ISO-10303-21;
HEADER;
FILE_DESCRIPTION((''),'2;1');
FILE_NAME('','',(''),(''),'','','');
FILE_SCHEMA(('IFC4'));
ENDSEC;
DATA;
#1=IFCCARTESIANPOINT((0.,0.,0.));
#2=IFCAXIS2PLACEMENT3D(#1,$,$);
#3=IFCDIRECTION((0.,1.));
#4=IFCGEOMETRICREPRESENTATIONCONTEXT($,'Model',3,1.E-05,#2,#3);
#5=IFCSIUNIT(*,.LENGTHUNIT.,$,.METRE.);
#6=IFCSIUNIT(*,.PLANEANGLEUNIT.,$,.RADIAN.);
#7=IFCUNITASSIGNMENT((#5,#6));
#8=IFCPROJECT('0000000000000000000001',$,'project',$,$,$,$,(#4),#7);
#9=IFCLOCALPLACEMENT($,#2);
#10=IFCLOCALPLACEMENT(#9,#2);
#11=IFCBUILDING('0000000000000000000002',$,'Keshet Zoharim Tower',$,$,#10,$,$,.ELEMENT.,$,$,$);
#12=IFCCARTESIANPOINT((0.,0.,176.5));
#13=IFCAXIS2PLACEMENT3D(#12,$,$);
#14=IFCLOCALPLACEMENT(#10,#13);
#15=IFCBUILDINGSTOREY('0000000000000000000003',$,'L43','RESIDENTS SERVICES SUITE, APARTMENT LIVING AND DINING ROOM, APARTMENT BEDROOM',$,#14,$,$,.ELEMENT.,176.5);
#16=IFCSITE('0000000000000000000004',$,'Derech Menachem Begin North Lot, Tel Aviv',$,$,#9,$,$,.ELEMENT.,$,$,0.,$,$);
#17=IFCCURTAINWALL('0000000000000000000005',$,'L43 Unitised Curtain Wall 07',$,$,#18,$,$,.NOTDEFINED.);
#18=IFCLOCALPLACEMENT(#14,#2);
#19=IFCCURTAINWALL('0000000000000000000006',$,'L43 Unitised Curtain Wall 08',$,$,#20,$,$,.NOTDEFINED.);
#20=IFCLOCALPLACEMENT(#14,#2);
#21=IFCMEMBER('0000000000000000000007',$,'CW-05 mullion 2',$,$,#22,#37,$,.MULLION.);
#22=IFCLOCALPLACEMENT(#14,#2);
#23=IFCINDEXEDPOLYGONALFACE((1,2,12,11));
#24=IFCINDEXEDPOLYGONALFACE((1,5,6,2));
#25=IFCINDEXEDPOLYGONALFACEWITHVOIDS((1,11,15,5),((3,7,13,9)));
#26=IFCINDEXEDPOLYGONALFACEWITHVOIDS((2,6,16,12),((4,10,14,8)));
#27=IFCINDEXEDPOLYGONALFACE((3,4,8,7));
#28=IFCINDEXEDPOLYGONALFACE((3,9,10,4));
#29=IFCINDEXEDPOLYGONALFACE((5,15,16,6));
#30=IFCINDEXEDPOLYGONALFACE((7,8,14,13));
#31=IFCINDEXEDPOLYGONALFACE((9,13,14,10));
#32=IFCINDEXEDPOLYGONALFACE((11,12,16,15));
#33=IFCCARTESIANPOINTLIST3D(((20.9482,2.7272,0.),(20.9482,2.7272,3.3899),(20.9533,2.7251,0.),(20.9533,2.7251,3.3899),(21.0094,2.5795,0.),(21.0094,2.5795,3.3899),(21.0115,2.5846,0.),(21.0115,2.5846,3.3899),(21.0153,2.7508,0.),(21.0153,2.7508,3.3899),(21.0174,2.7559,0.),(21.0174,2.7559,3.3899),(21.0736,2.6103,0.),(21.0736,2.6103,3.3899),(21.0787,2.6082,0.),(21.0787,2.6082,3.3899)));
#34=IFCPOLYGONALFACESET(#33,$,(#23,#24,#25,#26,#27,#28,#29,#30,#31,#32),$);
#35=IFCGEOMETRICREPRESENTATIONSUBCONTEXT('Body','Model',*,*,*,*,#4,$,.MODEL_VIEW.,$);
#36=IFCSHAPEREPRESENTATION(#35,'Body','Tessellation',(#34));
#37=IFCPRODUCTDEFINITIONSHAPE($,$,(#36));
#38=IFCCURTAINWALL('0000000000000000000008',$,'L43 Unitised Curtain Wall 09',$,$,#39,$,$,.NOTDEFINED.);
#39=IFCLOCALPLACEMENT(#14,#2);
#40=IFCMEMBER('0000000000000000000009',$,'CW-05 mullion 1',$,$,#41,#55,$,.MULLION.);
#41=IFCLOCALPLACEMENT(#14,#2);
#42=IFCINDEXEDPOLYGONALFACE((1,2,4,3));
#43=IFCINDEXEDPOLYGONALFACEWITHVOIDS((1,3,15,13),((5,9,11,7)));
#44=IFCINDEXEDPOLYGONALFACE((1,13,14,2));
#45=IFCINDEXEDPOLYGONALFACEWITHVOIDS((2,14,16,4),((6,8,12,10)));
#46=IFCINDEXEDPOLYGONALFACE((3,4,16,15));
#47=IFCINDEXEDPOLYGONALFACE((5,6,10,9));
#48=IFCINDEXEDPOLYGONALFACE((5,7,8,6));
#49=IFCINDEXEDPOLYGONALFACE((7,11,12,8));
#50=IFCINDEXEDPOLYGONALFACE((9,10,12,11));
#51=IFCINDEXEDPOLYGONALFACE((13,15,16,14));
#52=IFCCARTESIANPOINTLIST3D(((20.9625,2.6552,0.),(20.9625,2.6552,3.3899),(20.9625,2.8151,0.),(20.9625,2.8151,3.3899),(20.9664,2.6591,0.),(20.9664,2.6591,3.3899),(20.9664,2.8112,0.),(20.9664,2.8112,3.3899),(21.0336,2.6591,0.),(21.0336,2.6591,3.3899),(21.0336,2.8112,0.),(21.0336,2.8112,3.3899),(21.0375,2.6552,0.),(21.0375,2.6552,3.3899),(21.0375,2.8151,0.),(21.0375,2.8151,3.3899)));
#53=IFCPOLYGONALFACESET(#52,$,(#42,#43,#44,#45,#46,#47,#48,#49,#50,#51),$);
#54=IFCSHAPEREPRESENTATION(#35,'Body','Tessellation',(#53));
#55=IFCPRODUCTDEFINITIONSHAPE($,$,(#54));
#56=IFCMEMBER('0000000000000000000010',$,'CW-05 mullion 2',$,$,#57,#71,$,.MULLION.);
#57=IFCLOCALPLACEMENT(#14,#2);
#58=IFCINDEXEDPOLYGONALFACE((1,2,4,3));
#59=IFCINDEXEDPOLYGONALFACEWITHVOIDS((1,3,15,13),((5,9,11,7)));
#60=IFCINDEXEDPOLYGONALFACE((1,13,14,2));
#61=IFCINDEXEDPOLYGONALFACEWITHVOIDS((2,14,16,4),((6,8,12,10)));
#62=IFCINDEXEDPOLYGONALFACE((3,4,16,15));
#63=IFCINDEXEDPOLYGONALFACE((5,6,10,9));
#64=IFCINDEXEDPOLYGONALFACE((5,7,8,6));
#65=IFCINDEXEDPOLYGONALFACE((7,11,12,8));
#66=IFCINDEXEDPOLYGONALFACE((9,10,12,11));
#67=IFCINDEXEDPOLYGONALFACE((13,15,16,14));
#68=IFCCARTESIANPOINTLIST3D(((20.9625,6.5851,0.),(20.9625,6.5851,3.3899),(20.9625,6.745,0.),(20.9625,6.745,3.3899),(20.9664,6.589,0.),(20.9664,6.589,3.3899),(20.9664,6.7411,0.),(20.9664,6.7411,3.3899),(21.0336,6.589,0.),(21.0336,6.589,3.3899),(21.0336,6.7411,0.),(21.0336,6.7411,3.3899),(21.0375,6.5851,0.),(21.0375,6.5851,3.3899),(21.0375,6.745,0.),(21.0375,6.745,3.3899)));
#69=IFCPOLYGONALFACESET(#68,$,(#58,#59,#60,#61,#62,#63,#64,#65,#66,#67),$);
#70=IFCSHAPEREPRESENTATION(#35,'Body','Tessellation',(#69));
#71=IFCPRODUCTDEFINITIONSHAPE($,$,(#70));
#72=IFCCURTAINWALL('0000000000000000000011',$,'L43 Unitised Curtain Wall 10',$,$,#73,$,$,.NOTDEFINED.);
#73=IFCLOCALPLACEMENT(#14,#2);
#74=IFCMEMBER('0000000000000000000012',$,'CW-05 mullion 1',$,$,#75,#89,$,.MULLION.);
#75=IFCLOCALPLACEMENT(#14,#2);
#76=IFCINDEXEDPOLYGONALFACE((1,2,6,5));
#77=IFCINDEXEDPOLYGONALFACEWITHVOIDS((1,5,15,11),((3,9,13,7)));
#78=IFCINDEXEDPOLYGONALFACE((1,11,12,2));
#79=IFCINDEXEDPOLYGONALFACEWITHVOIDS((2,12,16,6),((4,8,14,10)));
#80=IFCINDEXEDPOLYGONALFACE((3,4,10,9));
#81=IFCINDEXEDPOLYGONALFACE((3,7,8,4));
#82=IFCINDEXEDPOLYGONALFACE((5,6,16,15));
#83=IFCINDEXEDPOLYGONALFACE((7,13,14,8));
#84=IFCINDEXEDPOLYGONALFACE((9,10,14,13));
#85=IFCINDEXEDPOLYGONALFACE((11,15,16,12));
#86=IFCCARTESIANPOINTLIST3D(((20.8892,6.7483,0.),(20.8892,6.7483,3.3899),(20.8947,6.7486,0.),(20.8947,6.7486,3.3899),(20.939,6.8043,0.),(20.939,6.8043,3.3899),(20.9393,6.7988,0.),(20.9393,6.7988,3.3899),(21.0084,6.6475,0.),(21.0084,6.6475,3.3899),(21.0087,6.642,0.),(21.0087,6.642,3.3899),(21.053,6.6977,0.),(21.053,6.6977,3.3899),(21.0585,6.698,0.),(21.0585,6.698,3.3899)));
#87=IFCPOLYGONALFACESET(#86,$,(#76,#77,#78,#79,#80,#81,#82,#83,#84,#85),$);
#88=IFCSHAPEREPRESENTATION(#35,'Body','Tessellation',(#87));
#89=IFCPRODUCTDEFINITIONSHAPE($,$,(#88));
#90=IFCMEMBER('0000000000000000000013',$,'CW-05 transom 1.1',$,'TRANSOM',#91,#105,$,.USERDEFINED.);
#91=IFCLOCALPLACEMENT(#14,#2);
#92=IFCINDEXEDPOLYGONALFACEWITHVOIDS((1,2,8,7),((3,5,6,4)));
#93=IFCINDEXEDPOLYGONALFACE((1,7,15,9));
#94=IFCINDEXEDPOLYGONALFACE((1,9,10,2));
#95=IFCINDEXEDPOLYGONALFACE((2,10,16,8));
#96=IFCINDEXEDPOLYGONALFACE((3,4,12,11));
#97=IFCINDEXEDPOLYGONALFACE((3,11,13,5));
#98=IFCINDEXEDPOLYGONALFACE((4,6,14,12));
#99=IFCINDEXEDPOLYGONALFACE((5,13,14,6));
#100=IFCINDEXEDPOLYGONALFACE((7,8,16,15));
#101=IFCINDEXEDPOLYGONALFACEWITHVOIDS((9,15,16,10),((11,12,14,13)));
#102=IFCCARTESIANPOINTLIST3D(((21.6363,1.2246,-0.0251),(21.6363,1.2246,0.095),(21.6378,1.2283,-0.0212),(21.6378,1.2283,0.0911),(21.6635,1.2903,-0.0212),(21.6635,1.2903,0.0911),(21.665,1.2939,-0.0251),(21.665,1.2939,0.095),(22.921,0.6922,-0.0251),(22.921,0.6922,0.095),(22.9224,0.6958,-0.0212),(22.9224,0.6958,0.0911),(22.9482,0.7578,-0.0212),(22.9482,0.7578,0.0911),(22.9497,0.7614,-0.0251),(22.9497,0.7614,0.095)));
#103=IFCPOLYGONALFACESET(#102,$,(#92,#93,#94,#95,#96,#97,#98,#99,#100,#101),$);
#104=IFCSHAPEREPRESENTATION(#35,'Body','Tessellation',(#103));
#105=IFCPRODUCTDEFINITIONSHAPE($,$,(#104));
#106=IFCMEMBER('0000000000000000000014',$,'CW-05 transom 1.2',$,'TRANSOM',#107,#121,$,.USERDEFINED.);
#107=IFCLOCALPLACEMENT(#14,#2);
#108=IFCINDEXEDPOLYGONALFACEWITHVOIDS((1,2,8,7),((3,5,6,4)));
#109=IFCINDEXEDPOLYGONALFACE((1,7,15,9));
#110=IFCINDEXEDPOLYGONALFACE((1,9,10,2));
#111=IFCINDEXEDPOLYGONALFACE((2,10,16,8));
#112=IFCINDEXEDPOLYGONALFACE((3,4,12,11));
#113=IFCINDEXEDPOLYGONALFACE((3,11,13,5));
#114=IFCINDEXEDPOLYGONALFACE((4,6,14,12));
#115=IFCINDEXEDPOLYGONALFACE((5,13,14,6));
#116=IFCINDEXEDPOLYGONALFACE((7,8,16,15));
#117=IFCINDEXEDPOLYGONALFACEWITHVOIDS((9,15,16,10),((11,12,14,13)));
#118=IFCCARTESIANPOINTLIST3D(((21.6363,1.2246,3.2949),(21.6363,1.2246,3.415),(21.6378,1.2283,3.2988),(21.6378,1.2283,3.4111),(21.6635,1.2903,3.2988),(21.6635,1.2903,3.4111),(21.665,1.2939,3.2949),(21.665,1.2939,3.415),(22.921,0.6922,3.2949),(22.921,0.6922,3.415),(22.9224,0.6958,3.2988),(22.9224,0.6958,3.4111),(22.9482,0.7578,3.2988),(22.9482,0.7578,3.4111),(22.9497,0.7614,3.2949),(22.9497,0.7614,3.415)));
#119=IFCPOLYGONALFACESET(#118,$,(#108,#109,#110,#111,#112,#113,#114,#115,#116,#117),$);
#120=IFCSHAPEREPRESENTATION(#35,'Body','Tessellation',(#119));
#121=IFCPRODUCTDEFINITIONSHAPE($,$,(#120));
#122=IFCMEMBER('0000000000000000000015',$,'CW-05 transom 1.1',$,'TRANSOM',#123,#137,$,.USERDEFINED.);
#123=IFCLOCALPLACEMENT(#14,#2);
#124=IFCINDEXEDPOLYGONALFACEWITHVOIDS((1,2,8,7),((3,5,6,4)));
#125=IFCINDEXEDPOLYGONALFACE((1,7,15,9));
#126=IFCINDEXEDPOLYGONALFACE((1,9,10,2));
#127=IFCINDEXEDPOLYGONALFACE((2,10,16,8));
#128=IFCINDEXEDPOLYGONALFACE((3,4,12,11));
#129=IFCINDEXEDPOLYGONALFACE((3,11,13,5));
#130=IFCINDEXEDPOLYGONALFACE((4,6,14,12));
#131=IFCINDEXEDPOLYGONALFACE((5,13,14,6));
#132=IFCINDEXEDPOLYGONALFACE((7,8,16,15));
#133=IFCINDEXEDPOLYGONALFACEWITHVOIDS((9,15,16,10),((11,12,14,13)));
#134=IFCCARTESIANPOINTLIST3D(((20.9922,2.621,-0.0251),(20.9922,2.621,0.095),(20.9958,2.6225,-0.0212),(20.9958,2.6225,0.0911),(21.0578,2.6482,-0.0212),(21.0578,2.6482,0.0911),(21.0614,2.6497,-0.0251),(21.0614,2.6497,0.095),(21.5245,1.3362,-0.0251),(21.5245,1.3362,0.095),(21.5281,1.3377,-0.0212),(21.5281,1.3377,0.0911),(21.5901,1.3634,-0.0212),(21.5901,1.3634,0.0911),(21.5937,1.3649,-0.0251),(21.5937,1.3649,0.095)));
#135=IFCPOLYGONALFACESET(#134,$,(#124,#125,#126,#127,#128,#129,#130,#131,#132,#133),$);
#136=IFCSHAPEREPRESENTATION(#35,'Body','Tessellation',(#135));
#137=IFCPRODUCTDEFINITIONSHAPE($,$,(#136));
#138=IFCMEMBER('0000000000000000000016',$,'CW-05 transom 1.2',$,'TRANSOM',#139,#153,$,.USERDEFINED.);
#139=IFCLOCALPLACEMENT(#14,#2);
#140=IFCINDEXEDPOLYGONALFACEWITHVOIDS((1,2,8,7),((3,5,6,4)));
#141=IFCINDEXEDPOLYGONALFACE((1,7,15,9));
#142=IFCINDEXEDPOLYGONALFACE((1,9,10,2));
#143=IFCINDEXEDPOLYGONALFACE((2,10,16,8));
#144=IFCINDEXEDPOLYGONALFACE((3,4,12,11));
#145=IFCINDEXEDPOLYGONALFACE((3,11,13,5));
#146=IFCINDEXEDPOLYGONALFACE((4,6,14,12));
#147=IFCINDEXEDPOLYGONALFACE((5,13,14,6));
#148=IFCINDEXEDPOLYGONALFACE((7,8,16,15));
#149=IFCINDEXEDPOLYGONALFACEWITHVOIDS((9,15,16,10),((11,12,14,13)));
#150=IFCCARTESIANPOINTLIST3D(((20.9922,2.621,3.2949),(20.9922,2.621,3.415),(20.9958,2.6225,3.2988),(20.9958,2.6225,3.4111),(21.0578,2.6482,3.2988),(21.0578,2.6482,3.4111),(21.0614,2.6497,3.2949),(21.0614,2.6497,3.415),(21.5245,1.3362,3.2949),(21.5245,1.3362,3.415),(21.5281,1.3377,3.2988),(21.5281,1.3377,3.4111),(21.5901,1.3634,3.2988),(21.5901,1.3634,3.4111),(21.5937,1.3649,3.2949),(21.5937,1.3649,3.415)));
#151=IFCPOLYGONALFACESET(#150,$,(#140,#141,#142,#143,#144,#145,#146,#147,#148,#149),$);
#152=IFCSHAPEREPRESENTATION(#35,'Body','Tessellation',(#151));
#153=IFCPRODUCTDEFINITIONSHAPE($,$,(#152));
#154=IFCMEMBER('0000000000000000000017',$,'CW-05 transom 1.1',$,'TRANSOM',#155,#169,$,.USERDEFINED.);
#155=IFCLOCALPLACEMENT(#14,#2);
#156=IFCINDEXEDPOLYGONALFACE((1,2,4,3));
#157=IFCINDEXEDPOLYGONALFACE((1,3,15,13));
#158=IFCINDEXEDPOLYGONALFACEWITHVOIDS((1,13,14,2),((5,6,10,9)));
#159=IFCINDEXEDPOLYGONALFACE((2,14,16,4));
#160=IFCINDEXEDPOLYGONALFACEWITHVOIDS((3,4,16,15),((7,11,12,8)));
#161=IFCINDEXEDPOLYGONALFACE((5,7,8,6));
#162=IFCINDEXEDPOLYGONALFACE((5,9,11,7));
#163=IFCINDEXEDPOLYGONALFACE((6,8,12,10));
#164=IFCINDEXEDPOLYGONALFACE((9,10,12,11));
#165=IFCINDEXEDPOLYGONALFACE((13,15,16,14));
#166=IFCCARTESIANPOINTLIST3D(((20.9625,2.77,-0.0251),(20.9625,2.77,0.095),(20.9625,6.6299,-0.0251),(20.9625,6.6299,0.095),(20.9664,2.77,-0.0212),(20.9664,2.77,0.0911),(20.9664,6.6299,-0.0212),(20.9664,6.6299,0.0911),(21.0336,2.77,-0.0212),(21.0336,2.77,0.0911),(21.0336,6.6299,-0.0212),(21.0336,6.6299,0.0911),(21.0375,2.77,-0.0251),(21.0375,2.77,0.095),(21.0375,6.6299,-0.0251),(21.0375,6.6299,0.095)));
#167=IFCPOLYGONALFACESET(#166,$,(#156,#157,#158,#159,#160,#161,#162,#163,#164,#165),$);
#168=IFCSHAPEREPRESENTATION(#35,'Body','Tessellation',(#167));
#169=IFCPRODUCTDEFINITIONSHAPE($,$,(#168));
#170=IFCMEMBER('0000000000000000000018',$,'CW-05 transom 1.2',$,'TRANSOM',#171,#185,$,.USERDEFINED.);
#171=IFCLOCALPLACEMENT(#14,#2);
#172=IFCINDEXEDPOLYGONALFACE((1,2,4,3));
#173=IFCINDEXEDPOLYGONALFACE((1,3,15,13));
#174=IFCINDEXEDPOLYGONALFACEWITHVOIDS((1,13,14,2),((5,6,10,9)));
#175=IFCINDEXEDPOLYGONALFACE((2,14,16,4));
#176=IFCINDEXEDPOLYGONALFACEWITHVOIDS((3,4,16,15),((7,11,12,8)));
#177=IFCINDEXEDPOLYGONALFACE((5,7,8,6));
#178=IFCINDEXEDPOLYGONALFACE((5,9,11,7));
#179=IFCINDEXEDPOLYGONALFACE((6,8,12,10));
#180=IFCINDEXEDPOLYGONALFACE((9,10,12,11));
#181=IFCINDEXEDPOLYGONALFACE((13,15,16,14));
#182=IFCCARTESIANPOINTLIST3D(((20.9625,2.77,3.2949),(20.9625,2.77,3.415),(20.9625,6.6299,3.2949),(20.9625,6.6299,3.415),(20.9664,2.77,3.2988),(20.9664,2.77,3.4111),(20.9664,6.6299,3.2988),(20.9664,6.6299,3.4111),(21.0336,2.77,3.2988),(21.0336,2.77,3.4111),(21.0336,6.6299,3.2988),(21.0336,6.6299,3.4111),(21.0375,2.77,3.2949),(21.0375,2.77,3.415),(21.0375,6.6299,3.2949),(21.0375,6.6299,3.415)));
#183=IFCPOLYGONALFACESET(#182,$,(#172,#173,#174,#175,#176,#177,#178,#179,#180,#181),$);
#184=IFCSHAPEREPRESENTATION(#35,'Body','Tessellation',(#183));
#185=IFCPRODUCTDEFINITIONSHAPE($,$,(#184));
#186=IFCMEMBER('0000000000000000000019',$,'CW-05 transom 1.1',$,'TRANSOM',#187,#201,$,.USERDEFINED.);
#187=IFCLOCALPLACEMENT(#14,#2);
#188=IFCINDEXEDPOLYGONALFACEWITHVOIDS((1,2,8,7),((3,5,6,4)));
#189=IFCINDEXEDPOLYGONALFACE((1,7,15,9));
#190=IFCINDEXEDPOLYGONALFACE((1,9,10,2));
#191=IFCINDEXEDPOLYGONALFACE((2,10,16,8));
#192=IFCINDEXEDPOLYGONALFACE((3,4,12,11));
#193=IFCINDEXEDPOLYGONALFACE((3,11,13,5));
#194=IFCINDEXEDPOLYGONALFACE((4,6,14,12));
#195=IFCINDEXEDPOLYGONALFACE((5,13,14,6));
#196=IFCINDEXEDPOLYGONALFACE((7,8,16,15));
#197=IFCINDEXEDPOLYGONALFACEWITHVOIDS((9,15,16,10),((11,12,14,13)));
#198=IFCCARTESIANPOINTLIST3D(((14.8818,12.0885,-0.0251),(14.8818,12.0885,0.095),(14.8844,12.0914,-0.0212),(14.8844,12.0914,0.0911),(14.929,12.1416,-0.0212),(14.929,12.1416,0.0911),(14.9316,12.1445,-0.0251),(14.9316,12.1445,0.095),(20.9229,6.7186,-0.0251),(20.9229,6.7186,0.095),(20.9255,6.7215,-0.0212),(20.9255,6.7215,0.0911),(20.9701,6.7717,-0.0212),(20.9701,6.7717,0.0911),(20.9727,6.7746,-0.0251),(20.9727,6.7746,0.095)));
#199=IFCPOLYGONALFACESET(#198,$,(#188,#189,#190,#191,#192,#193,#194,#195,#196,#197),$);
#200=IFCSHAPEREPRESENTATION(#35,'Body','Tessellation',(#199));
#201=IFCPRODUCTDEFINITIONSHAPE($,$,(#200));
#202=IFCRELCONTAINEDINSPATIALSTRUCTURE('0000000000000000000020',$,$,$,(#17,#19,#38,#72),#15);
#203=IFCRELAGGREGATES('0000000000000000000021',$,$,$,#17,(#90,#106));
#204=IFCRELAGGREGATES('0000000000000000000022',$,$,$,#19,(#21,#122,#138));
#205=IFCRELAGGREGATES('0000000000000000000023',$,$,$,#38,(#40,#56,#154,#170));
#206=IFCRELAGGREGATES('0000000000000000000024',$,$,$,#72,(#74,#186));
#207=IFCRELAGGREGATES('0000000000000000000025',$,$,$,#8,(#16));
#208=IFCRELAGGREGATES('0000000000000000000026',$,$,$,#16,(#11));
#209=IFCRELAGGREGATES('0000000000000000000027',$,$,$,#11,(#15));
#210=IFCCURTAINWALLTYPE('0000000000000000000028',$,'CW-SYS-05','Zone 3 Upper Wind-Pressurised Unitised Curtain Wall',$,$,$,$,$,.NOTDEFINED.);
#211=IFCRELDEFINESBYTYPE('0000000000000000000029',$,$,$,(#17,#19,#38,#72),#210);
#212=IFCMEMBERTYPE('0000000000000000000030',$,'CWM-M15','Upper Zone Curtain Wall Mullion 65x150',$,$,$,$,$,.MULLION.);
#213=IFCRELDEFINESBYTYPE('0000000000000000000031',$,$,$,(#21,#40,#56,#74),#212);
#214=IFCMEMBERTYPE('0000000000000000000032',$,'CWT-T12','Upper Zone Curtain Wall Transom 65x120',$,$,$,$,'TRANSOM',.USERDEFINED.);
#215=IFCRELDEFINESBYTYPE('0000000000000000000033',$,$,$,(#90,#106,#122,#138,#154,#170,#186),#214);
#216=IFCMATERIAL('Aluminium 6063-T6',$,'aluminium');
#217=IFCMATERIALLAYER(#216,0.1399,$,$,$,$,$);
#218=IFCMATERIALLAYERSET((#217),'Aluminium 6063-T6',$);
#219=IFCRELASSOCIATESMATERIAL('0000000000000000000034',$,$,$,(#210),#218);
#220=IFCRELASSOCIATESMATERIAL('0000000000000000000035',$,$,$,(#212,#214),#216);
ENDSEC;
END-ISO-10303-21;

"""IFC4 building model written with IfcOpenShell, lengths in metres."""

from ifc_helpers import new_model, si_unit, direction, frame, origin, origin_2d, place, context, subcontext, project, spatial, hollow_rectangle, extrude, material, layer, layer_set, material_profile, profile_set, type_object, element, aggregate, save


model = new_model("IFC4")

# Units and contexts
model_context = context("Model", 3, precision=1e-05, world=origin(), true_north=direction((0.0, 1.0)))
body_context = subcontext(model_context, "Body", "Model", "MODEL_VIEW")
ifc_project = project(units=[si_unit("LENGTHUNIT", "METRE"), si_unit("PLANEANGLEUNIT", "RADIAN")], contexts=[model_context])

# Site, building, storey
site_placement = place(None, origin())
site = spatial("IfcSite", under=ifc_project, at=site_placement, Name="Derech Menachem Begin North Lot, Tel Aviv", CompositionType="ELEMENT", RefElevation=0.0)
building_placement = place(site_placement, origin())
building = spatial("IfcBuilding", under=site, at=building_placement, Name="Keshet Zoharim Tower", CompositionType="ELEMENT")
storey_placement = place(building_placement, frame((0.0, 0.0, 176.5)))
storey = spatial("IfcBuildingStorey", under=building, at=storey_placement, Name="L43", Description="RESIDENTS SERVICES SUITE, APARTMENT LIVING AND DINING ROOM, APARTMENT BEDROOM", CompositionType="ELEMENT", Elevation=176.5)

# Shared definitions
ifc_material_1 = material(Name="Aluminium 6063-T6", Category="aluminium")
ifc_layer_1 = layer(ifc_material_1, 0.1399)
ifc_layer_set_1 = layer_set([ifc_layer_1], Name="Aluminium 6063-T6")
curtain_wall_type = type_object("IfcCurtainWallType", Name="CW-SYS-05", Description="Zone 3 Upper Wind-Pressurised Unitised Curtain Wall", PredefinedType="NOTDEFINED", material=ifc_layer_set_1)
ifc_material_profile_1 = material_profile(ifc_material_1, hollow_rectangle(XDim=0.075, YDim=0.1599, WallThickness=0.0039, at=origin_2d()), Name="MUL-75x160")
ifc_profile_set_1 = profile_set([ifc_material_profile_1], Name="Aluminium 6063-T6")
member_type_1 = type_object("IfcMemberType", Name="CWM-M15", Description="Upper Zone Curtain Wall Mullion 65x150", PredefinedType="MULLION", material=ifc_profile_set_1)

# Curtain walls, members
curtain_wall_1_placement = place(storey_placement, origin())
curtain_wall_1 = element("IfcCurtainWall", 1, at=curtain_wall_1_placement, inside=storey, type_object=curtain_wall_type, Name="L43 Unitised Curtain Wall 07", PredefinedType="NOTDEFINED")
curtain_wall_2_placement = place(storey_placement, origin())
curtain_wall_2 = element("IfcCurtainWall", 2, at=curtain_wall_2_placement, inside=storey, type_object=curtain_wall_type, Name="L43 Unitised Curtain Wall 08", PredefinedType="NOTDEFINED")
member_1_placement = place(storey_placement, frame((21.0134, 2.6677, 0.0), z_axis=(0.0, 0.0, 1.0), x_axis=(-0.92381, -0.382852, 0.0)))
member_1 = element("IfcMember", 3, at=member_1_placement, type_object=member_type_1, Name="CW-05 mullion 2", PredefinedType="MULLION", context=body_context, shape_type="SweptSolid", body=[
    extrude(hollow_rectangle(XDim=0.075, YDim=0.1599, WallThickness=0.0039, at=origin_2d()), origin(), (0.0, 0.0, 1.0), 3.3899),
])
curtain_wall_3_placement = place(storey_placement, origin())
curtain_wall_3 = element("IfcCurtainWall", 4, at=curtain_wall_3_placement, inside=storey, type_object=curtain_wall_type, Name="L43 Unitised Curtain Wall 09", PredefinedType="NOTDEFINED")
member_2_placement = place(storey_placement, frame((21.0, 2.7351, 0.0), z_axis=(0.0, 0.0, 1.0), x_axis=(-1.0, 0.0, 0.0)))
member_2 = element("IfcMember", 5, at=member_2_placement, type_object=member_type_1, Name="CW-05 mullion 1", PredefinedType="MULLION", context=body_context, shape_type="SweptSolid", body=[
    extrude(hollow_rectangle(XDim=0.075, YDim=0.1599, WallThickness=0.0039, at=origin_2d()), origin(), (0.0, 0.0, 1.0), 3.3899),
])
member_3_placement = place(storey_placement, frame((21.0, 6.665, 0.0), z_axis=(0.0, 0.0, 1.0), x_axis=(-1.0, 0.0, 0.0)))
member_3 = element("IfcMember", 6, at=member_3_placement, type_object=member_type_1, Name="CW-05 mullion 2", PredefinedType="MULLION", context=body_context, shape_type="SweptSolid", body=[
    extrude(hollow_rectangle(XDim=0.075, YDim=0.1599, WallThickness=0.0039, at=origin_2d()), origin(), (0.0, 0.0, 1.0), 3.3899),
])

# Curtain wall, member
curtain_wall_4_placement = place(storey_placement, origin())
curtain_wall_4 = element("IfcCurtainWall", 7, at=curtain_wall_4_placement, inside=storey, type_object=curtain_wall_type, Name="L43 Unitised Curtain Wall 10", PredefinedType="NOTDEFINED")
member_4_placement = place(storey_placement, frame((20.9739, 6.7231, 0.0), z_axis=(0.0, 0.0, 1.0), x_axis=(-0.664368, -0.747406, 0.0)))
member_4 = element("IfcMember", 8, at=member_4_placement, type_object=member_type_1, Name="CW-05 mullion 1", PredefinedType="MULLION", context=body_context, shape_type="SweptSolid", body=[
    extrude(hollow_rectangle(XDim=0.075, YDim=0.1599, WallThickness=0.0039, at=origin_2d()), origin(), (0.0, 0.0, 1.0), 3.3899),
])

# Members
ifc_material_profile_2 = material_profile(ifc_material_1, hollow_rectangle(XDim=0.075, YDim=0.1201, WallThickness=0.0039, at=origin_2d()), Name="TRN-75x120")
ifc_profile_set_2 = profile_set([ifc_material_profile_2], Name="Aluminium 6063-T6")
member_type_2 = type_object("IfcMemberType", Name="CWT-T12", Description="Upper Zone Curtain Wall Transom 65x120", ElementType="TRANSOM", PredefinedType="USERDEFINED", material=ifc_profile_set_2)
member_5_placement = place(storey_placement, frame((22.9353, 0.7268, 0.0349), z_axis=(-0.923792, 0.382894, 0.0), x_axis=(-0.382894, -0.923792, 0.0)))
member_5 = element("IfcMember", 9, at=member_5_placement, type_object=member_type_2, Name="CW-05 transom 1.1", ObjectType="TRANSOM", PredefinedType="USERDEFINED", context=body_context, shape_type="SweptSolid", body=[
    extrude(hollow_rectangle(XDim=0.075, YDim=0.1201, WallThickness=0.0039, at=origin_2d()), origin(), (0.0, 0.0, 1.0), 1.3906),
])
member_6_placement = place(storey_placement, frame((22.9353, 0.7268, 3.355), z_axis=(-0.923792, 0.382894, 0.0), x_axis=(-0.382894, -0.923792, 0.0)))
member_6 = element("IfcMember", 10, at=member_6_placement, type_object=member_type_2, Name="CW-05 transom 1.2", ObjectType="TRANSOM", PredefinedType="USERDEFINED", context=body_context, shape_type="SweptSolid", body=[
    extrude(hollow_rectangle(XDim=0.075, YDim=0.1201, WallThickness=0.0039, at=origin_2d()), origin(), (0.0, 0.0, 1.0), 1.3906),
])
member_7_placement = place(storey_placement, frame((21.5591, 1.3506, 0.0349), z_axis=(-0.382745, 0.923854, 0.0), x_axis=(-0.923854, -0.382745, 0.0)))
member_7 = element("IfcMember", 11, at=member_7_placement, type_object=member_type_2, Name="CW-05 transom 1.1", ObjectType="TRANSOM", PredefinedType="USERDEFINED", context=body_context, shape_type="SweptSolid", body=[
    extrude(hollow_rectangle(XDim=0.075, YDim=0.1201, WallThickness=0.0039, at=origin_2d()), origin(), (0.0, 0.0, 1.0), 1.3906),
])
member_8_placement = place(storey_placement, frame((21.5591, 1.3506, 3.355), z_axis=(-0.382745, 0.923854, 0.0), x_axis=(-0.923854, -0.382745, 0.0)))
member_8 = element("IfcMember", 12, at=member_8_placement, type_object=member_type_2, Name="CW-05 transom 1.2", ObjectType="TRANSOM", PredefinedType="USERDEFINED", context=body_context, shape_type="SweptSolid", body=[
    extrude(hollow_rectangle(XDim=0.075, YDim=0.1201, WallThickness=0.0039, at=origin_2d()), origin(), (0.0, 0.0, 1.0), 1.3906),
])
member_9_placement = place(storey_placement, frame((21.0, 2.77, 0.0349), z_axis=(0.0, 1.0, 0.0), x_axis=(-1.0, 0.0, 0.0)))
member_9 = element("IfcMember", 13, at=member_9_placement, type_object=member_type_2, Name="CW-05 transom 1.1", ObjectType="TRANSOM", PredefinedType="USERDEFINED", context=body_context, shape_type="SweptSolid", body=[
    extrude(hollow_rectangle(XDim=0.075, YDim=0.1201, WallThickness=0.0039, at=origin_2d()), origin(), (0.0, 0.0, 1.0), 3.8599),
])
member_10_placement = place(storey_placement, frame((21.0, 2.77, 3.355), z_axis=(0.0, 1.0, 0.0), x_axis=(-1.0, 0.0, 0.0)))
member_10 = element("IfcMember", 14, at=member_10_placement, type_object=member_type_2, Name="CW-05 transom 1.2", ObjectType="TRANSOM", PredefinedType="USERDEFINED", context=body_context, shape_type="SweptSolid", body=[
    extrude(hollow_rectangle(XDim=0.075, YDim=0.1201, WallThickness=0.0039, at=origin_2d()), origin(), (0.0, 0.0, 1.0), 3.8599),
])
member_11_placement = place(storey_placement, frame((20.9478, 6.7466, 0.0349), z_axis=(-0.747404, 0.664369, 0.0), x_axis=(-0.664369, -0.747404, 0.0)))
member_11 = element("IfcMember", 15, at=member_11_placement, type_object=member_type_2, Name="CW-05 transom 1.1", ObjectType="TRANSOM", PredefinedType="USERDEFINED", context=body_context, shape_type="SweptSolid", body=[
    extrude(hollow_rectangle(XDim=0.075, YDim=0.1201, WallThickness=0.0039, at=origin_2d()), origin(), (0.0, 0.0, 1.0), 8.0828),
])

aggregate(curtain_wall_1, [member_5, member_6])
aggregate(curtain_wall_2, [member_1, member_7, member_8])
aggregate(curtain_wall_3, [member_2, member_3, member_9, member_10])
aggregate(curtain_wall_4, [member_4, member_11])

save(model, "model.ifc")
